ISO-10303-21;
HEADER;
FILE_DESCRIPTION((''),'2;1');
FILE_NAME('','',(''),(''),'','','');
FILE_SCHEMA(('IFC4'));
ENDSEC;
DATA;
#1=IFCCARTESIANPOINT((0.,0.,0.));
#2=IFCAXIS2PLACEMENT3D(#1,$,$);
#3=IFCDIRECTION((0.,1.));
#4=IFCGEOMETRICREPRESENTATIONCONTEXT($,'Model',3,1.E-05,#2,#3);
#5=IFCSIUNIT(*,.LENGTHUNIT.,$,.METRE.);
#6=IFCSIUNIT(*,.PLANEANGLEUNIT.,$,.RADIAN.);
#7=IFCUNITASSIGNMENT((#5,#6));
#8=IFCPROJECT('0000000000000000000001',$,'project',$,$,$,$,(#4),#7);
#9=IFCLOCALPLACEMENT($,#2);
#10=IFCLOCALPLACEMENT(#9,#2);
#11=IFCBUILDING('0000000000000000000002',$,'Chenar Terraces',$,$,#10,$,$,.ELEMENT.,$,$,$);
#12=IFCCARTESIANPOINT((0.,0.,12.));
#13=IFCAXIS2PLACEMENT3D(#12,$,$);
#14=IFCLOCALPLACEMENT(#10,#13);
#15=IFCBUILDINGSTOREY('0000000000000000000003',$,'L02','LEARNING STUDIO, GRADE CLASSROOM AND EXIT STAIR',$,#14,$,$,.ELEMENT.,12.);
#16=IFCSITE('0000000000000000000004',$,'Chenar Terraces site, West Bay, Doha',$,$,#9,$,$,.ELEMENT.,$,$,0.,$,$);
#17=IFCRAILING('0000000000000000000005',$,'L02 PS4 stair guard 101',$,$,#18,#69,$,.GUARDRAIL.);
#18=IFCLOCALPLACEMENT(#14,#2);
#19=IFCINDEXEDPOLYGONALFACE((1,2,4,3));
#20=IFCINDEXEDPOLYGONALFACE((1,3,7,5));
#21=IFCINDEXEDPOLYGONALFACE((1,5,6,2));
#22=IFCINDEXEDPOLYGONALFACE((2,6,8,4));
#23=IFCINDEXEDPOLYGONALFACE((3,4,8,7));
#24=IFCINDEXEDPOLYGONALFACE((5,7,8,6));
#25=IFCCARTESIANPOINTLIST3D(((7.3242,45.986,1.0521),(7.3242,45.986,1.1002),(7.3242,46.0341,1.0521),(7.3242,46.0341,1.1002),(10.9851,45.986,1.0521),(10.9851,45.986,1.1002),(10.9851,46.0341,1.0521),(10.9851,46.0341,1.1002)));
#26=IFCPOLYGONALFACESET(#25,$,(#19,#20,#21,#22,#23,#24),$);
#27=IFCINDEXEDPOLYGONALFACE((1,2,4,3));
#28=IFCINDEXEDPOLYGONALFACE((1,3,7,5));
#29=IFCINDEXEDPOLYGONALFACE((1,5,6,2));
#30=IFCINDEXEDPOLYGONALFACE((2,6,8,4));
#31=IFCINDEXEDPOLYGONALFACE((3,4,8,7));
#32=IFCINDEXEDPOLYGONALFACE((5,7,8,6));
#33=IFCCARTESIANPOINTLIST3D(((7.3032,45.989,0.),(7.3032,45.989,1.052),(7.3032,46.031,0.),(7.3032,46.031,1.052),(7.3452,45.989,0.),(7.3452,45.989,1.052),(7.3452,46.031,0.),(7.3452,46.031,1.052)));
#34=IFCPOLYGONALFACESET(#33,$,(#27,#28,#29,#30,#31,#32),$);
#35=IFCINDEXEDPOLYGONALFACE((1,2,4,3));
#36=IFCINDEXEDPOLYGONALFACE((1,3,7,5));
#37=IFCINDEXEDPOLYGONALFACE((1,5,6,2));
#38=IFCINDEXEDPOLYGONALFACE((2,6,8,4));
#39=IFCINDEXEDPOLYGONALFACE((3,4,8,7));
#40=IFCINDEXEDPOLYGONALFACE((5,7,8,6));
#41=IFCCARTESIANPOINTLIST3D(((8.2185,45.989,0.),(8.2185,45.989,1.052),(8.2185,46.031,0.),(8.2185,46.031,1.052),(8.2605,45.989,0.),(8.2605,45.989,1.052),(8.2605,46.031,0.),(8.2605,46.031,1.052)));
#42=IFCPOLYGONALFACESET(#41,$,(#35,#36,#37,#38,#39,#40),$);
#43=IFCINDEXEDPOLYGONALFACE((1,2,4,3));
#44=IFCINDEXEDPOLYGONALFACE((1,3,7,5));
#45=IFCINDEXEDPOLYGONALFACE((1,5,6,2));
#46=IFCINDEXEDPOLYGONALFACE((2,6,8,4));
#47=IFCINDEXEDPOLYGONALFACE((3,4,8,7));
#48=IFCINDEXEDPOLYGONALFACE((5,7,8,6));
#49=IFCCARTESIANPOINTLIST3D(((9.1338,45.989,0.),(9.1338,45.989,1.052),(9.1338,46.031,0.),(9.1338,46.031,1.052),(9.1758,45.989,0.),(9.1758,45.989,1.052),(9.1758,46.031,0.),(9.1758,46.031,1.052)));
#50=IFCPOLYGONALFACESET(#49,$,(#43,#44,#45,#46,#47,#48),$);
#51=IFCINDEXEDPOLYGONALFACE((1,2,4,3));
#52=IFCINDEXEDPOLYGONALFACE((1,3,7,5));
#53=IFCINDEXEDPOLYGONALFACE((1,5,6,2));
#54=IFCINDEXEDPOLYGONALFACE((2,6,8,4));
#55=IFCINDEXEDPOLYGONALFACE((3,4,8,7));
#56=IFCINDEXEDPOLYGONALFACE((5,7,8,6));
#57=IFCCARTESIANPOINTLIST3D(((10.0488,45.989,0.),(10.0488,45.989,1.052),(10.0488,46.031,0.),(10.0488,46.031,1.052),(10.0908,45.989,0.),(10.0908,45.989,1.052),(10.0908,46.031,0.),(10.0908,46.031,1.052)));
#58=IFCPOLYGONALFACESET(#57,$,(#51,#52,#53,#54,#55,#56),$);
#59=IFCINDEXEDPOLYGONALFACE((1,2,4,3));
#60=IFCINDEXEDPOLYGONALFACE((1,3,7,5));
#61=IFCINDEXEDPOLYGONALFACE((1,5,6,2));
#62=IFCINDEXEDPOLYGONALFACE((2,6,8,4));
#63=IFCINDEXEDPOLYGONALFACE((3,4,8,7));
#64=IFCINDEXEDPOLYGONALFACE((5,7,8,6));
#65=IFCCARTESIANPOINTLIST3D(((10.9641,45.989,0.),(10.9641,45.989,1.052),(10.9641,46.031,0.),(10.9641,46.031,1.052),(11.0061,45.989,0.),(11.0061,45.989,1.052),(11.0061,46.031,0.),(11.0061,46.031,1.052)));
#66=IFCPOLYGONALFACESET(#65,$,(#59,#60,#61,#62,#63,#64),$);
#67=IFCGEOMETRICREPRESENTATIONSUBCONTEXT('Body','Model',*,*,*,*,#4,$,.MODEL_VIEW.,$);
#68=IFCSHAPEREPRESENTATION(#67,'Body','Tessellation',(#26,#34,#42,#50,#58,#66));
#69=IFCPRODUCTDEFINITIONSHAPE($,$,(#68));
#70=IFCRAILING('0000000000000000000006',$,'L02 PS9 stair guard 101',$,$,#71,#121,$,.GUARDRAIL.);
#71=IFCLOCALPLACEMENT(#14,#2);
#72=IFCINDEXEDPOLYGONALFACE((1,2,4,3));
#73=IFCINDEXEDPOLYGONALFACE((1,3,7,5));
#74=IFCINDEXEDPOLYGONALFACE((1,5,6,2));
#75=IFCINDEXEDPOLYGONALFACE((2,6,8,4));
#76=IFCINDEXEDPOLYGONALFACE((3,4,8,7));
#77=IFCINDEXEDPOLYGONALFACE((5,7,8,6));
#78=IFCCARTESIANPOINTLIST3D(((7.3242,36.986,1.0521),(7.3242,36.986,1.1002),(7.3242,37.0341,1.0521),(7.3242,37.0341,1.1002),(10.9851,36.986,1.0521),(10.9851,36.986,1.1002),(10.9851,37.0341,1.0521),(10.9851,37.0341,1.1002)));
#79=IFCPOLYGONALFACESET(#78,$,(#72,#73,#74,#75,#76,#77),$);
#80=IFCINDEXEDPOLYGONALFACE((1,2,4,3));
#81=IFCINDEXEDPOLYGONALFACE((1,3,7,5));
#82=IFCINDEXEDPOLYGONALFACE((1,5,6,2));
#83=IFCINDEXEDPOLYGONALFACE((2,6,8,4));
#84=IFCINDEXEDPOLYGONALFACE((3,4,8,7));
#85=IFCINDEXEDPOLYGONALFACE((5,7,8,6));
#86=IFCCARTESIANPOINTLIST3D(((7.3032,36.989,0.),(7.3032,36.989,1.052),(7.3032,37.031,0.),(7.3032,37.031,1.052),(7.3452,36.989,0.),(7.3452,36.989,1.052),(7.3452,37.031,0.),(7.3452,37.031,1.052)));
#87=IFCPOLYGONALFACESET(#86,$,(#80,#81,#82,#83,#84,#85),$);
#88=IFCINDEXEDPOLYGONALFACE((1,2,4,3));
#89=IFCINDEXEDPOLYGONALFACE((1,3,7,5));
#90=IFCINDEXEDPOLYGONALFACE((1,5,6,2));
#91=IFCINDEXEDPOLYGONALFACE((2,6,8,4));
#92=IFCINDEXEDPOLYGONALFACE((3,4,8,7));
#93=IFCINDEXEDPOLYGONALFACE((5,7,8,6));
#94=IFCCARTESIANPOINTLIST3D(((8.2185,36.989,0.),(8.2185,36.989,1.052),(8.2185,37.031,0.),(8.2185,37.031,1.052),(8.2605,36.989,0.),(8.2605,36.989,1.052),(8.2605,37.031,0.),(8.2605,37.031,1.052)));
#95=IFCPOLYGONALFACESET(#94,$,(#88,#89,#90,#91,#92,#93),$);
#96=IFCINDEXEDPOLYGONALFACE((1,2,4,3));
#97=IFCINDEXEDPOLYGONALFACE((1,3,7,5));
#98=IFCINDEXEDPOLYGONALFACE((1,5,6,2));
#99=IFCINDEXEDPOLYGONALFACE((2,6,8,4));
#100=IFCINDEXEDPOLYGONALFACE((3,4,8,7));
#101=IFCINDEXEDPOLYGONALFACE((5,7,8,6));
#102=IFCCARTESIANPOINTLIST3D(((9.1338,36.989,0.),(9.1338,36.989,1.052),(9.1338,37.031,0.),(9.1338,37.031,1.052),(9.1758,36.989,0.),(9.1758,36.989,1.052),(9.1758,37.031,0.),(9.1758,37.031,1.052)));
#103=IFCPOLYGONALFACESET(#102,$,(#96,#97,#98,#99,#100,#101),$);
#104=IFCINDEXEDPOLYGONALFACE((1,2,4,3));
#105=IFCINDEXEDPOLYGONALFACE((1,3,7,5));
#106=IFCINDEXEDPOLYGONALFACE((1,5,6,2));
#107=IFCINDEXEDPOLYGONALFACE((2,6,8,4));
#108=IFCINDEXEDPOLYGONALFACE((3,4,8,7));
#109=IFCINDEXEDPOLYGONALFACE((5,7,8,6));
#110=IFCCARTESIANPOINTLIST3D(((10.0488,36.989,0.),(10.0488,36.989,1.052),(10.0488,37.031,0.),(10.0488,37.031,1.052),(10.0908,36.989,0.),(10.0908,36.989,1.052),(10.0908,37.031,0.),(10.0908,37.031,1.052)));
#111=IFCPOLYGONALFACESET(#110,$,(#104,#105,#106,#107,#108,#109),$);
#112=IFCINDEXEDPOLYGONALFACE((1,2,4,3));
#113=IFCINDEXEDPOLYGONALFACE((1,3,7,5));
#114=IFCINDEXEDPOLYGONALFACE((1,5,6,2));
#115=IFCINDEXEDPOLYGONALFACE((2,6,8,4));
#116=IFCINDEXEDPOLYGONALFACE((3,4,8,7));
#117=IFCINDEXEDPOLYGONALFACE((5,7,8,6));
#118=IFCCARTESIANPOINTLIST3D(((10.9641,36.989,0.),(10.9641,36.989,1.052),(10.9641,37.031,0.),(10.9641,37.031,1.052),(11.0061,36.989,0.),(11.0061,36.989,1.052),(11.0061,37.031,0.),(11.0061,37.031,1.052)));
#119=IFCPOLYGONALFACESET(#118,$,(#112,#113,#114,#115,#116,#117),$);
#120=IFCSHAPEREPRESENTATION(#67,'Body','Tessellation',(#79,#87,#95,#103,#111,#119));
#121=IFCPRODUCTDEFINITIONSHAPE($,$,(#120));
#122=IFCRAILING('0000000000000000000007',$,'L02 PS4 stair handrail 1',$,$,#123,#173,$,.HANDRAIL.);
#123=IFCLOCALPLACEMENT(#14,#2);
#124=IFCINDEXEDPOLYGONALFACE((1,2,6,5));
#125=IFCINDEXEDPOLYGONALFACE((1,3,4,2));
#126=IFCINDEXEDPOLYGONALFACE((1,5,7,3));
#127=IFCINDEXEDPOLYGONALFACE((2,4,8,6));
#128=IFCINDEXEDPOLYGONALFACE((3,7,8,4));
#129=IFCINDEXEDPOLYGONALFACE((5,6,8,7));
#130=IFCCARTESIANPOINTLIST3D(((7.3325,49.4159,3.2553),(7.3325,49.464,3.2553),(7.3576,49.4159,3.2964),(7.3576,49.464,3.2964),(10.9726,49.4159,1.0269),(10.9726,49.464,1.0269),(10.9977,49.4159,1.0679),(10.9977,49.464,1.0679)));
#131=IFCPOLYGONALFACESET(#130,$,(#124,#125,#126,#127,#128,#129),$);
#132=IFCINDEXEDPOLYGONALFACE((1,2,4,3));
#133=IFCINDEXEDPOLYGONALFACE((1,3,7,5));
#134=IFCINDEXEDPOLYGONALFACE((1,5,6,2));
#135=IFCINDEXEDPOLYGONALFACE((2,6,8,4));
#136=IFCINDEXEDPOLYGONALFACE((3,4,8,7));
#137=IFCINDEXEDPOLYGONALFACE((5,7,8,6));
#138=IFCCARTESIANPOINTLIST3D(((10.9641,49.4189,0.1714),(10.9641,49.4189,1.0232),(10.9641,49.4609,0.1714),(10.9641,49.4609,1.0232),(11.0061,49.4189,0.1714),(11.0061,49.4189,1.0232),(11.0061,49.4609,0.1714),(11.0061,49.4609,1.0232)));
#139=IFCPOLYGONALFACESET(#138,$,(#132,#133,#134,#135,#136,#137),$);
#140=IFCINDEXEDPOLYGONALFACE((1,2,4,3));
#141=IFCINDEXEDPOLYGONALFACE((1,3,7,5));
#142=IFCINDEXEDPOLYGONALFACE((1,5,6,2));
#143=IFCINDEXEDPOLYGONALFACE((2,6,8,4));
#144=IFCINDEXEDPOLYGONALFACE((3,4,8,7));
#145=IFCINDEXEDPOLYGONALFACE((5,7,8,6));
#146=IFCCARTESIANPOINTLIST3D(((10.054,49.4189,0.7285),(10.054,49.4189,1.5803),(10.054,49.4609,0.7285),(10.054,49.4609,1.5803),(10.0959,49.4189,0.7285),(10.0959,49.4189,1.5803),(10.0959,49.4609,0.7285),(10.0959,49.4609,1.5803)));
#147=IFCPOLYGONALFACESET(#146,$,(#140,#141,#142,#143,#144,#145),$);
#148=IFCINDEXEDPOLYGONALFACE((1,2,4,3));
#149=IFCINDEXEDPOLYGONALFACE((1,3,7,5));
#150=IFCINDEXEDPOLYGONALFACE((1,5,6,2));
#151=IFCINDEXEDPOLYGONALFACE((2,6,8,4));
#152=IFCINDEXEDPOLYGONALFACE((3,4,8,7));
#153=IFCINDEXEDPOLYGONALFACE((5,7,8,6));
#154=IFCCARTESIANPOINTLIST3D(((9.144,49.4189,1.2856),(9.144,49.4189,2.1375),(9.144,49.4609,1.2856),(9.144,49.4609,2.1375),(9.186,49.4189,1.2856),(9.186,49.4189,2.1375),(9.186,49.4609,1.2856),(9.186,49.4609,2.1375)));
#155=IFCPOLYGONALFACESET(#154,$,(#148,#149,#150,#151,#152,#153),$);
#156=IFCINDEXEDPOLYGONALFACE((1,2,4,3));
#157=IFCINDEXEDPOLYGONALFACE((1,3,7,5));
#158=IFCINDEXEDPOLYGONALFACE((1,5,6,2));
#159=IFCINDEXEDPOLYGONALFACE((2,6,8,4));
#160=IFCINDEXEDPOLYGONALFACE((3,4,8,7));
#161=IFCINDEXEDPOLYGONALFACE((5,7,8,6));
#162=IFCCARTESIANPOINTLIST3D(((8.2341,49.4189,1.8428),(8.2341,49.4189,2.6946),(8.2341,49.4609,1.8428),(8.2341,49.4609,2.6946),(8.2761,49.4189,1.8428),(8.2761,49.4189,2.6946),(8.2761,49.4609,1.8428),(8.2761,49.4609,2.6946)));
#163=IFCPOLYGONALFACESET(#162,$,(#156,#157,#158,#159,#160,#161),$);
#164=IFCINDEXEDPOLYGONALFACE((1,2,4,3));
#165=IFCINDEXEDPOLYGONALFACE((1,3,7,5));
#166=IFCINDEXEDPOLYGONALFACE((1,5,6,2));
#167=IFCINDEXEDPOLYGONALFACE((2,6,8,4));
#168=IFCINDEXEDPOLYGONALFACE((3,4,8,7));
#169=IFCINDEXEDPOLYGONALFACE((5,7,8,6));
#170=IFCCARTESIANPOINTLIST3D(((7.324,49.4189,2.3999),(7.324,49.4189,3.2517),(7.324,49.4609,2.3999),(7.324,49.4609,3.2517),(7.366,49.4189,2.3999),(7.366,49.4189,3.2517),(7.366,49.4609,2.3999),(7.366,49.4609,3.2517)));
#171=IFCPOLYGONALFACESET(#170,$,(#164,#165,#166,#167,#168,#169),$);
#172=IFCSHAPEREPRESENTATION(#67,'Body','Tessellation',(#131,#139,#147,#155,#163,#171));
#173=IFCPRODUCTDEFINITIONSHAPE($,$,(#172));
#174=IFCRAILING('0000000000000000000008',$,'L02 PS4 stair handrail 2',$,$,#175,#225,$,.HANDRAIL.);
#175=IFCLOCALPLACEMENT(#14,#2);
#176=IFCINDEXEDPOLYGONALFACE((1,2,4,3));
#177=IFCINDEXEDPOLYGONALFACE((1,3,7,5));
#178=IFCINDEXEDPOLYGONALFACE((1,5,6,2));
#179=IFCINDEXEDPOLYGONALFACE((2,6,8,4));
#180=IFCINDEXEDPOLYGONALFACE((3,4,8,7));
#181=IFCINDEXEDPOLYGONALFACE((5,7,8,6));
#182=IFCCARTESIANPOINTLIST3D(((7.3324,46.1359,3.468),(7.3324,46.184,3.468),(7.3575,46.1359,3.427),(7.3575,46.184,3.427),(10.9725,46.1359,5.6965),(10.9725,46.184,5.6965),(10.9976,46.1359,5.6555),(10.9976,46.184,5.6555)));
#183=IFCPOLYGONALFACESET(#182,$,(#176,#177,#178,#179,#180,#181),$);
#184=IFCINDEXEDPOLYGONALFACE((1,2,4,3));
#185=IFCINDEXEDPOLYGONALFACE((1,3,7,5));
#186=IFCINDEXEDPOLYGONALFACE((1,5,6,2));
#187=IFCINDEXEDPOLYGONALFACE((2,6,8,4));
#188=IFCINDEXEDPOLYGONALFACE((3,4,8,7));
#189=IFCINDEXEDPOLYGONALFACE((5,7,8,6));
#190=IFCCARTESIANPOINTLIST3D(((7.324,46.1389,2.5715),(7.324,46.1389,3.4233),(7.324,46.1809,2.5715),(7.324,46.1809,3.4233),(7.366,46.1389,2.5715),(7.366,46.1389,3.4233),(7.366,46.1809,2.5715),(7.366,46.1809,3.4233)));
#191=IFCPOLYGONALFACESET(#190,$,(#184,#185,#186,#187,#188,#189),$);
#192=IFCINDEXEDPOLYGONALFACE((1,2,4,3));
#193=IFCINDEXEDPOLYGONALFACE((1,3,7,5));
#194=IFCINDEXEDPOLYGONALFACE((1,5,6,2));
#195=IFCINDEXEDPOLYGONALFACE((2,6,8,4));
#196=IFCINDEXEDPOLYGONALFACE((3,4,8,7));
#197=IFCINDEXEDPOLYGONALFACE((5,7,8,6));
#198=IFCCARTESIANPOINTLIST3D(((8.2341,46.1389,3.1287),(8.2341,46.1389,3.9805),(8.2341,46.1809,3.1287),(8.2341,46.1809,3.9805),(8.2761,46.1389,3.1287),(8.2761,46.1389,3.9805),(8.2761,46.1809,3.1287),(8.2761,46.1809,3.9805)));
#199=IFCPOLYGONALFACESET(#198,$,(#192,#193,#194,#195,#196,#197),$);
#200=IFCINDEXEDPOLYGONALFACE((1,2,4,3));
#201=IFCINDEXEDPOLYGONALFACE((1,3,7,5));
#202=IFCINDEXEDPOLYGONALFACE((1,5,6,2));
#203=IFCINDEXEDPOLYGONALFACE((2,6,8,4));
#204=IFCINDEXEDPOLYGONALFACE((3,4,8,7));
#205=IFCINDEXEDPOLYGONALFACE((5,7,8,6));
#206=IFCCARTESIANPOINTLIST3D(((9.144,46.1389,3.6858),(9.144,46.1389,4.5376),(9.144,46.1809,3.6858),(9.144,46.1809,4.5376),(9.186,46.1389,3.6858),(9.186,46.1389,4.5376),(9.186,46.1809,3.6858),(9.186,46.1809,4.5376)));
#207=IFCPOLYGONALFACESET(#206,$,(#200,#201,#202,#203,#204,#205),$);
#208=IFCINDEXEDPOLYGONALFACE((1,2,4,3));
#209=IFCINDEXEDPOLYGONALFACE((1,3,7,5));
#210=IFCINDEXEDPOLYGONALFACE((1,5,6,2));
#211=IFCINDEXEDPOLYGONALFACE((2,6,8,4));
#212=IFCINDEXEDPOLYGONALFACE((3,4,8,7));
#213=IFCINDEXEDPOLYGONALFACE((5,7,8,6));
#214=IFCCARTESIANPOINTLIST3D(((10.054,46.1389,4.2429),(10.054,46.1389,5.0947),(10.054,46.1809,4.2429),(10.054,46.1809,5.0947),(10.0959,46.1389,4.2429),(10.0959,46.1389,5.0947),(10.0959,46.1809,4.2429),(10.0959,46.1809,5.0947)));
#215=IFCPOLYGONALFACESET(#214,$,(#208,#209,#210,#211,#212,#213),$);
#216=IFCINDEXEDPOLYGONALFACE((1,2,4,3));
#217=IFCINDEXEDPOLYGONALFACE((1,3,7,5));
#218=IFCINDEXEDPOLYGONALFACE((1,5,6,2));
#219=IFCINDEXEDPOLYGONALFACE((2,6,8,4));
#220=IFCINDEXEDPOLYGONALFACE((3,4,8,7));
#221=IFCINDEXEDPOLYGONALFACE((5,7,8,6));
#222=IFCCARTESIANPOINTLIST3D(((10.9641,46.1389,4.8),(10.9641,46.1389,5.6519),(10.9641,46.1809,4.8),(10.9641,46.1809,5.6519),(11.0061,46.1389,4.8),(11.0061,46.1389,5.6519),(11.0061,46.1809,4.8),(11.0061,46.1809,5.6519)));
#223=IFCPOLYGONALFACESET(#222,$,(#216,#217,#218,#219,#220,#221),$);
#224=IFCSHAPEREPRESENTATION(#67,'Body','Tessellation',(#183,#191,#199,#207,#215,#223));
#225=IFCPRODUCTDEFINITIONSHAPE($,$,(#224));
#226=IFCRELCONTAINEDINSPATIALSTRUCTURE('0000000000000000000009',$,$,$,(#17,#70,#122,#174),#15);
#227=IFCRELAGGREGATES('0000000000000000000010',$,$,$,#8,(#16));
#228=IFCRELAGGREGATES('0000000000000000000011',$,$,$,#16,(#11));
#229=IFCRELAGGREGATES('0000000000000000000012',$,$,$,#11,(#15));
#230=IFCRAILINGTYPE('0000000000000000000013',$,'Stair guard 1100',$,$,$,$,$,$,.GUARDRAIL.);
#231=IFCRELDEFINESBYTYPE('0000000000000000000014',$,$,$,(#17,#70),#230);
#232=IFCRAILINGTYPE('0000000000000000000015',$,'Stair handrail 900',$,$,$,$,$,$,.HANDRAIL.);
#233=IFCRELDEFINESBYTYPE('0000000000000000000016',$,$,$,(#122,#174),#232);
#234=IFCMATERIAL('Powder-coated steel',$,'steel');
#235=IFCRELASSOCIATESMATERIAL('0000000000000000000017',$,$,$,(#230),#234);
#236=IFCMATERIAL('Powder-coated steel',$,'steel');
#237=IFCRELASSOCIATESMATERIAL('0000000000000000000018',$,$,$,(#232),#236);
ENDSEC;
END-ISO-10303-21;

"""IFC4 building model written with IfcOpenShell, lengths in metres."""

from ifc_helpers import new_model, si_unit, direction, frame, origin, origin_2d, place, context, subcontext, project, spatial, rectangle, extrude, material, type_object, element, save


model = new_model("IFC4")

# Units and contexts
model_context = context("Model", 3, precision=1e-05, world=origin(), true_north=direction((0.0, 1.0)))
body_context = subcontext(model_context, "Body", "Model", "MODEL_VIEW")
ifc_project = project(units=[si_unit("LENGTHUNIT", "METRE"), si_unit("PLANEANGLEUNIT", "RADIAN")], contexts=[model_context])

# Site, building, storey
site_placement = place(None, origin())
site = spatial("IfcSite", under=ifc_project, at=site_placement, Name="Chenar Terraces site, West Bay, Doha", CompositionType="ELEMENT", RefElevation=0.0)
building_placement = place(site_placement, origin())
building = spatial("IfcBuilding", under=site, at=building_placement, Name="Chenar Terraces", CompositionType="ELEMENT")
storey_placement = place(building_placement, frame((0.0, 0.0, 12.0)))
storey = spatial("IfcBuildingStorey", under=building, at=storey_placement, Name="L02", Description="LEARNING STUDIO, GRADE CLASSROOM AND EXIT STAIR", CompositionType="ELEMENT", Elevation=12.0)

# Railings
ifc_material_1 = material(Name="Powder-coated steel", Category="steel")
railing_type_1 = type_object("IfcRailingType", Name="Stair guard 1100", PredefinedType="GUARDRAIL", material=ifc_material_1)
for number, where, name in (
    (1, (7.3242, 46.01, 0.0), "L02 PS4 stair guard 101"),
    (2, (7.3242, 37.01, 0.0), "L02 PS9 stair guard 101"),
):
    element("IfcRailing", number, at=place(storey_placement, frame(where)), inside=storey, type_object=railing_type_1, Name=name, PredefinedType="GUARDRAIL", context=body_context, shape_type="SweptSolid", body=[
        extrude(rectangle(XDim=0.0481, YDim=0.0481, at=origin_2d()), frame((0.0, 0.0, 1.0762), z_axis=(1.0, 0.0, 0.0), x_axis=(0.0, 1.0, 0.0)), (0.0, 0.0, 1.0), 3.6609),
        extrude(rectangle(XDim=0.042, YDim=0.042, at=origin_2d()), origin(), (0.0, 0.0, 1.0), 1.052),
        extrude(rectangle(XDim=0.042, YDim=0.042, at=origin_2d()), frame((0.9153, 0.0, 0.0)), (0.0, 0.0, 1.0), 1.052),
        extrude(rectangle(XDim=0.042, YDim=0.042, at=origin_2d()), frame((1.8306, 0.0, 0.0)), (0.0, 0.0, 1.0), 1.052),
        extrude(rectangle(XDim=0.042, YDim=0.042, at=origin_2d()), frame((2.7456, 0.0, 0.0)), (0.0, 0.0, 1.0), 1.052),
        extrude(rectangle(XDim=0.042, YDim=0.042, at=origin_2d()), frame((3.6609, 0.0, 0.0)), (0.0, 0.0, 1.0), 1.052),
    ])
ifc_material_2 = material(Name="Powder-coated steel", Category="steel")
railing_type_2 = type_object("IfcRailingType", Name="Stair handrail 900", PredefinedType="HANDRAIL", material=ifc_material_2)
railing_1_placement = place(storey_placement, frame((10.9851, 49.4399, 0.1714)))
element("IfcRailing", 3, at=railing_1_placement, inside=storey, type_object=railing_type_2, Name="L02 PS4 stair handrail 1", PredefinedType="HANDRAIL", context=body_context, shape_type="SweptSolid", body=[
    extrude(rectangle(XDim=0.0481, YDim=0.0481, at=origin_2d()), frame((0.0, 0.0, 0.876), z_axis=(-0.852866, 0.0, 0.52213), x_axis=(0.0, -1.0, 0.0)), (0.0, 0.0, 1.0), 4.2681),
    extrude(rectangle(XDim=0.042, YDim=0.042, at=origin_2d()), origin(), (0.0, 0.0, 1.0), 0.8518),
    extrude(rectangle(XDim=0.042, YDim=0.042, at=origin_2d()), frame((-0.9102, 0.0, 0.5571)), (0.0, 0.0, 1.0), 0.8518),
    extrude(rectangle(XDim=0.042, YDim=0.042, at=origin_2d()), frame((-1.8201, 0.0, 1.1143)), (0.0, 0.0, 1.0), 0.8518),
    extrude(rectangle(XDim=0.042, YDim=0.042, at=origin_2d()), frame((-2.73, 0.0, 1.6714)), (0.0, 0.0, 1.0), 0.8518),
    extrude(rectangle(XDim=0.042, YDim=0.042, at=origin_2d()), frame((-3.6401, 0.0, 2.2285)), (0.0, 0.0, 1.0), 0.8518),
])
railing_2_placement = place(storey_placement, frame((7.345, 46.1599, 2.5715)))
element("IfcRailing", 4, at=railing_2_placement, inside=storey, type_object=railing_type_2, Name="L02 PS4 stair handrail 2", PredefinedType="HANDRAIL", context=body_context, shape_type="SweptSolid", body=[
    extrude(rectangle(XDim=0.0481, YDim=0.0481, at=origin_2d()), frame((0.0, 0.0, 0.876), z_axis=(0.852866, 0.0, 0.52213), x_axis=(0.0, 1.0, 0.0)), (0.0, 0.0, 1.0), 4.2681),
    extrude(rectangle(XDim=0.042, YDim=0.042, at=origin_2d()), origin(), (0.0, 0.0, 1.0), 0.8518),
    extrude(rectangle(XDim=0.042, YDim=0.042, at=origin_2d()), frame((0.9102, 0.0, 0.5571)), (0.0, 0.0, 1.0), 0.8518),
    extrude(rectangle(XDim=0.042, YDim=0.042, at=origin_2d()), frame((1.8201, 0.0, 1.1143)), (0.0, 0.0, 1.0), 0.8518),
    extrude(rectangle(XDim=0.042, YDim=0.042, at=origin_2d()), frame((2.73, 0.0, 1.6714)), (0.0, 0.0, 1.0), 0.8518),
    extrude(rectangle(XDim=0.042, YDim=0.042, at=origin_2d()), frame((3.6401, 0.0, 2.2285)), (0.0, 0.0, 1.0), 0.8518),
])

save(model, "model.ifc")
